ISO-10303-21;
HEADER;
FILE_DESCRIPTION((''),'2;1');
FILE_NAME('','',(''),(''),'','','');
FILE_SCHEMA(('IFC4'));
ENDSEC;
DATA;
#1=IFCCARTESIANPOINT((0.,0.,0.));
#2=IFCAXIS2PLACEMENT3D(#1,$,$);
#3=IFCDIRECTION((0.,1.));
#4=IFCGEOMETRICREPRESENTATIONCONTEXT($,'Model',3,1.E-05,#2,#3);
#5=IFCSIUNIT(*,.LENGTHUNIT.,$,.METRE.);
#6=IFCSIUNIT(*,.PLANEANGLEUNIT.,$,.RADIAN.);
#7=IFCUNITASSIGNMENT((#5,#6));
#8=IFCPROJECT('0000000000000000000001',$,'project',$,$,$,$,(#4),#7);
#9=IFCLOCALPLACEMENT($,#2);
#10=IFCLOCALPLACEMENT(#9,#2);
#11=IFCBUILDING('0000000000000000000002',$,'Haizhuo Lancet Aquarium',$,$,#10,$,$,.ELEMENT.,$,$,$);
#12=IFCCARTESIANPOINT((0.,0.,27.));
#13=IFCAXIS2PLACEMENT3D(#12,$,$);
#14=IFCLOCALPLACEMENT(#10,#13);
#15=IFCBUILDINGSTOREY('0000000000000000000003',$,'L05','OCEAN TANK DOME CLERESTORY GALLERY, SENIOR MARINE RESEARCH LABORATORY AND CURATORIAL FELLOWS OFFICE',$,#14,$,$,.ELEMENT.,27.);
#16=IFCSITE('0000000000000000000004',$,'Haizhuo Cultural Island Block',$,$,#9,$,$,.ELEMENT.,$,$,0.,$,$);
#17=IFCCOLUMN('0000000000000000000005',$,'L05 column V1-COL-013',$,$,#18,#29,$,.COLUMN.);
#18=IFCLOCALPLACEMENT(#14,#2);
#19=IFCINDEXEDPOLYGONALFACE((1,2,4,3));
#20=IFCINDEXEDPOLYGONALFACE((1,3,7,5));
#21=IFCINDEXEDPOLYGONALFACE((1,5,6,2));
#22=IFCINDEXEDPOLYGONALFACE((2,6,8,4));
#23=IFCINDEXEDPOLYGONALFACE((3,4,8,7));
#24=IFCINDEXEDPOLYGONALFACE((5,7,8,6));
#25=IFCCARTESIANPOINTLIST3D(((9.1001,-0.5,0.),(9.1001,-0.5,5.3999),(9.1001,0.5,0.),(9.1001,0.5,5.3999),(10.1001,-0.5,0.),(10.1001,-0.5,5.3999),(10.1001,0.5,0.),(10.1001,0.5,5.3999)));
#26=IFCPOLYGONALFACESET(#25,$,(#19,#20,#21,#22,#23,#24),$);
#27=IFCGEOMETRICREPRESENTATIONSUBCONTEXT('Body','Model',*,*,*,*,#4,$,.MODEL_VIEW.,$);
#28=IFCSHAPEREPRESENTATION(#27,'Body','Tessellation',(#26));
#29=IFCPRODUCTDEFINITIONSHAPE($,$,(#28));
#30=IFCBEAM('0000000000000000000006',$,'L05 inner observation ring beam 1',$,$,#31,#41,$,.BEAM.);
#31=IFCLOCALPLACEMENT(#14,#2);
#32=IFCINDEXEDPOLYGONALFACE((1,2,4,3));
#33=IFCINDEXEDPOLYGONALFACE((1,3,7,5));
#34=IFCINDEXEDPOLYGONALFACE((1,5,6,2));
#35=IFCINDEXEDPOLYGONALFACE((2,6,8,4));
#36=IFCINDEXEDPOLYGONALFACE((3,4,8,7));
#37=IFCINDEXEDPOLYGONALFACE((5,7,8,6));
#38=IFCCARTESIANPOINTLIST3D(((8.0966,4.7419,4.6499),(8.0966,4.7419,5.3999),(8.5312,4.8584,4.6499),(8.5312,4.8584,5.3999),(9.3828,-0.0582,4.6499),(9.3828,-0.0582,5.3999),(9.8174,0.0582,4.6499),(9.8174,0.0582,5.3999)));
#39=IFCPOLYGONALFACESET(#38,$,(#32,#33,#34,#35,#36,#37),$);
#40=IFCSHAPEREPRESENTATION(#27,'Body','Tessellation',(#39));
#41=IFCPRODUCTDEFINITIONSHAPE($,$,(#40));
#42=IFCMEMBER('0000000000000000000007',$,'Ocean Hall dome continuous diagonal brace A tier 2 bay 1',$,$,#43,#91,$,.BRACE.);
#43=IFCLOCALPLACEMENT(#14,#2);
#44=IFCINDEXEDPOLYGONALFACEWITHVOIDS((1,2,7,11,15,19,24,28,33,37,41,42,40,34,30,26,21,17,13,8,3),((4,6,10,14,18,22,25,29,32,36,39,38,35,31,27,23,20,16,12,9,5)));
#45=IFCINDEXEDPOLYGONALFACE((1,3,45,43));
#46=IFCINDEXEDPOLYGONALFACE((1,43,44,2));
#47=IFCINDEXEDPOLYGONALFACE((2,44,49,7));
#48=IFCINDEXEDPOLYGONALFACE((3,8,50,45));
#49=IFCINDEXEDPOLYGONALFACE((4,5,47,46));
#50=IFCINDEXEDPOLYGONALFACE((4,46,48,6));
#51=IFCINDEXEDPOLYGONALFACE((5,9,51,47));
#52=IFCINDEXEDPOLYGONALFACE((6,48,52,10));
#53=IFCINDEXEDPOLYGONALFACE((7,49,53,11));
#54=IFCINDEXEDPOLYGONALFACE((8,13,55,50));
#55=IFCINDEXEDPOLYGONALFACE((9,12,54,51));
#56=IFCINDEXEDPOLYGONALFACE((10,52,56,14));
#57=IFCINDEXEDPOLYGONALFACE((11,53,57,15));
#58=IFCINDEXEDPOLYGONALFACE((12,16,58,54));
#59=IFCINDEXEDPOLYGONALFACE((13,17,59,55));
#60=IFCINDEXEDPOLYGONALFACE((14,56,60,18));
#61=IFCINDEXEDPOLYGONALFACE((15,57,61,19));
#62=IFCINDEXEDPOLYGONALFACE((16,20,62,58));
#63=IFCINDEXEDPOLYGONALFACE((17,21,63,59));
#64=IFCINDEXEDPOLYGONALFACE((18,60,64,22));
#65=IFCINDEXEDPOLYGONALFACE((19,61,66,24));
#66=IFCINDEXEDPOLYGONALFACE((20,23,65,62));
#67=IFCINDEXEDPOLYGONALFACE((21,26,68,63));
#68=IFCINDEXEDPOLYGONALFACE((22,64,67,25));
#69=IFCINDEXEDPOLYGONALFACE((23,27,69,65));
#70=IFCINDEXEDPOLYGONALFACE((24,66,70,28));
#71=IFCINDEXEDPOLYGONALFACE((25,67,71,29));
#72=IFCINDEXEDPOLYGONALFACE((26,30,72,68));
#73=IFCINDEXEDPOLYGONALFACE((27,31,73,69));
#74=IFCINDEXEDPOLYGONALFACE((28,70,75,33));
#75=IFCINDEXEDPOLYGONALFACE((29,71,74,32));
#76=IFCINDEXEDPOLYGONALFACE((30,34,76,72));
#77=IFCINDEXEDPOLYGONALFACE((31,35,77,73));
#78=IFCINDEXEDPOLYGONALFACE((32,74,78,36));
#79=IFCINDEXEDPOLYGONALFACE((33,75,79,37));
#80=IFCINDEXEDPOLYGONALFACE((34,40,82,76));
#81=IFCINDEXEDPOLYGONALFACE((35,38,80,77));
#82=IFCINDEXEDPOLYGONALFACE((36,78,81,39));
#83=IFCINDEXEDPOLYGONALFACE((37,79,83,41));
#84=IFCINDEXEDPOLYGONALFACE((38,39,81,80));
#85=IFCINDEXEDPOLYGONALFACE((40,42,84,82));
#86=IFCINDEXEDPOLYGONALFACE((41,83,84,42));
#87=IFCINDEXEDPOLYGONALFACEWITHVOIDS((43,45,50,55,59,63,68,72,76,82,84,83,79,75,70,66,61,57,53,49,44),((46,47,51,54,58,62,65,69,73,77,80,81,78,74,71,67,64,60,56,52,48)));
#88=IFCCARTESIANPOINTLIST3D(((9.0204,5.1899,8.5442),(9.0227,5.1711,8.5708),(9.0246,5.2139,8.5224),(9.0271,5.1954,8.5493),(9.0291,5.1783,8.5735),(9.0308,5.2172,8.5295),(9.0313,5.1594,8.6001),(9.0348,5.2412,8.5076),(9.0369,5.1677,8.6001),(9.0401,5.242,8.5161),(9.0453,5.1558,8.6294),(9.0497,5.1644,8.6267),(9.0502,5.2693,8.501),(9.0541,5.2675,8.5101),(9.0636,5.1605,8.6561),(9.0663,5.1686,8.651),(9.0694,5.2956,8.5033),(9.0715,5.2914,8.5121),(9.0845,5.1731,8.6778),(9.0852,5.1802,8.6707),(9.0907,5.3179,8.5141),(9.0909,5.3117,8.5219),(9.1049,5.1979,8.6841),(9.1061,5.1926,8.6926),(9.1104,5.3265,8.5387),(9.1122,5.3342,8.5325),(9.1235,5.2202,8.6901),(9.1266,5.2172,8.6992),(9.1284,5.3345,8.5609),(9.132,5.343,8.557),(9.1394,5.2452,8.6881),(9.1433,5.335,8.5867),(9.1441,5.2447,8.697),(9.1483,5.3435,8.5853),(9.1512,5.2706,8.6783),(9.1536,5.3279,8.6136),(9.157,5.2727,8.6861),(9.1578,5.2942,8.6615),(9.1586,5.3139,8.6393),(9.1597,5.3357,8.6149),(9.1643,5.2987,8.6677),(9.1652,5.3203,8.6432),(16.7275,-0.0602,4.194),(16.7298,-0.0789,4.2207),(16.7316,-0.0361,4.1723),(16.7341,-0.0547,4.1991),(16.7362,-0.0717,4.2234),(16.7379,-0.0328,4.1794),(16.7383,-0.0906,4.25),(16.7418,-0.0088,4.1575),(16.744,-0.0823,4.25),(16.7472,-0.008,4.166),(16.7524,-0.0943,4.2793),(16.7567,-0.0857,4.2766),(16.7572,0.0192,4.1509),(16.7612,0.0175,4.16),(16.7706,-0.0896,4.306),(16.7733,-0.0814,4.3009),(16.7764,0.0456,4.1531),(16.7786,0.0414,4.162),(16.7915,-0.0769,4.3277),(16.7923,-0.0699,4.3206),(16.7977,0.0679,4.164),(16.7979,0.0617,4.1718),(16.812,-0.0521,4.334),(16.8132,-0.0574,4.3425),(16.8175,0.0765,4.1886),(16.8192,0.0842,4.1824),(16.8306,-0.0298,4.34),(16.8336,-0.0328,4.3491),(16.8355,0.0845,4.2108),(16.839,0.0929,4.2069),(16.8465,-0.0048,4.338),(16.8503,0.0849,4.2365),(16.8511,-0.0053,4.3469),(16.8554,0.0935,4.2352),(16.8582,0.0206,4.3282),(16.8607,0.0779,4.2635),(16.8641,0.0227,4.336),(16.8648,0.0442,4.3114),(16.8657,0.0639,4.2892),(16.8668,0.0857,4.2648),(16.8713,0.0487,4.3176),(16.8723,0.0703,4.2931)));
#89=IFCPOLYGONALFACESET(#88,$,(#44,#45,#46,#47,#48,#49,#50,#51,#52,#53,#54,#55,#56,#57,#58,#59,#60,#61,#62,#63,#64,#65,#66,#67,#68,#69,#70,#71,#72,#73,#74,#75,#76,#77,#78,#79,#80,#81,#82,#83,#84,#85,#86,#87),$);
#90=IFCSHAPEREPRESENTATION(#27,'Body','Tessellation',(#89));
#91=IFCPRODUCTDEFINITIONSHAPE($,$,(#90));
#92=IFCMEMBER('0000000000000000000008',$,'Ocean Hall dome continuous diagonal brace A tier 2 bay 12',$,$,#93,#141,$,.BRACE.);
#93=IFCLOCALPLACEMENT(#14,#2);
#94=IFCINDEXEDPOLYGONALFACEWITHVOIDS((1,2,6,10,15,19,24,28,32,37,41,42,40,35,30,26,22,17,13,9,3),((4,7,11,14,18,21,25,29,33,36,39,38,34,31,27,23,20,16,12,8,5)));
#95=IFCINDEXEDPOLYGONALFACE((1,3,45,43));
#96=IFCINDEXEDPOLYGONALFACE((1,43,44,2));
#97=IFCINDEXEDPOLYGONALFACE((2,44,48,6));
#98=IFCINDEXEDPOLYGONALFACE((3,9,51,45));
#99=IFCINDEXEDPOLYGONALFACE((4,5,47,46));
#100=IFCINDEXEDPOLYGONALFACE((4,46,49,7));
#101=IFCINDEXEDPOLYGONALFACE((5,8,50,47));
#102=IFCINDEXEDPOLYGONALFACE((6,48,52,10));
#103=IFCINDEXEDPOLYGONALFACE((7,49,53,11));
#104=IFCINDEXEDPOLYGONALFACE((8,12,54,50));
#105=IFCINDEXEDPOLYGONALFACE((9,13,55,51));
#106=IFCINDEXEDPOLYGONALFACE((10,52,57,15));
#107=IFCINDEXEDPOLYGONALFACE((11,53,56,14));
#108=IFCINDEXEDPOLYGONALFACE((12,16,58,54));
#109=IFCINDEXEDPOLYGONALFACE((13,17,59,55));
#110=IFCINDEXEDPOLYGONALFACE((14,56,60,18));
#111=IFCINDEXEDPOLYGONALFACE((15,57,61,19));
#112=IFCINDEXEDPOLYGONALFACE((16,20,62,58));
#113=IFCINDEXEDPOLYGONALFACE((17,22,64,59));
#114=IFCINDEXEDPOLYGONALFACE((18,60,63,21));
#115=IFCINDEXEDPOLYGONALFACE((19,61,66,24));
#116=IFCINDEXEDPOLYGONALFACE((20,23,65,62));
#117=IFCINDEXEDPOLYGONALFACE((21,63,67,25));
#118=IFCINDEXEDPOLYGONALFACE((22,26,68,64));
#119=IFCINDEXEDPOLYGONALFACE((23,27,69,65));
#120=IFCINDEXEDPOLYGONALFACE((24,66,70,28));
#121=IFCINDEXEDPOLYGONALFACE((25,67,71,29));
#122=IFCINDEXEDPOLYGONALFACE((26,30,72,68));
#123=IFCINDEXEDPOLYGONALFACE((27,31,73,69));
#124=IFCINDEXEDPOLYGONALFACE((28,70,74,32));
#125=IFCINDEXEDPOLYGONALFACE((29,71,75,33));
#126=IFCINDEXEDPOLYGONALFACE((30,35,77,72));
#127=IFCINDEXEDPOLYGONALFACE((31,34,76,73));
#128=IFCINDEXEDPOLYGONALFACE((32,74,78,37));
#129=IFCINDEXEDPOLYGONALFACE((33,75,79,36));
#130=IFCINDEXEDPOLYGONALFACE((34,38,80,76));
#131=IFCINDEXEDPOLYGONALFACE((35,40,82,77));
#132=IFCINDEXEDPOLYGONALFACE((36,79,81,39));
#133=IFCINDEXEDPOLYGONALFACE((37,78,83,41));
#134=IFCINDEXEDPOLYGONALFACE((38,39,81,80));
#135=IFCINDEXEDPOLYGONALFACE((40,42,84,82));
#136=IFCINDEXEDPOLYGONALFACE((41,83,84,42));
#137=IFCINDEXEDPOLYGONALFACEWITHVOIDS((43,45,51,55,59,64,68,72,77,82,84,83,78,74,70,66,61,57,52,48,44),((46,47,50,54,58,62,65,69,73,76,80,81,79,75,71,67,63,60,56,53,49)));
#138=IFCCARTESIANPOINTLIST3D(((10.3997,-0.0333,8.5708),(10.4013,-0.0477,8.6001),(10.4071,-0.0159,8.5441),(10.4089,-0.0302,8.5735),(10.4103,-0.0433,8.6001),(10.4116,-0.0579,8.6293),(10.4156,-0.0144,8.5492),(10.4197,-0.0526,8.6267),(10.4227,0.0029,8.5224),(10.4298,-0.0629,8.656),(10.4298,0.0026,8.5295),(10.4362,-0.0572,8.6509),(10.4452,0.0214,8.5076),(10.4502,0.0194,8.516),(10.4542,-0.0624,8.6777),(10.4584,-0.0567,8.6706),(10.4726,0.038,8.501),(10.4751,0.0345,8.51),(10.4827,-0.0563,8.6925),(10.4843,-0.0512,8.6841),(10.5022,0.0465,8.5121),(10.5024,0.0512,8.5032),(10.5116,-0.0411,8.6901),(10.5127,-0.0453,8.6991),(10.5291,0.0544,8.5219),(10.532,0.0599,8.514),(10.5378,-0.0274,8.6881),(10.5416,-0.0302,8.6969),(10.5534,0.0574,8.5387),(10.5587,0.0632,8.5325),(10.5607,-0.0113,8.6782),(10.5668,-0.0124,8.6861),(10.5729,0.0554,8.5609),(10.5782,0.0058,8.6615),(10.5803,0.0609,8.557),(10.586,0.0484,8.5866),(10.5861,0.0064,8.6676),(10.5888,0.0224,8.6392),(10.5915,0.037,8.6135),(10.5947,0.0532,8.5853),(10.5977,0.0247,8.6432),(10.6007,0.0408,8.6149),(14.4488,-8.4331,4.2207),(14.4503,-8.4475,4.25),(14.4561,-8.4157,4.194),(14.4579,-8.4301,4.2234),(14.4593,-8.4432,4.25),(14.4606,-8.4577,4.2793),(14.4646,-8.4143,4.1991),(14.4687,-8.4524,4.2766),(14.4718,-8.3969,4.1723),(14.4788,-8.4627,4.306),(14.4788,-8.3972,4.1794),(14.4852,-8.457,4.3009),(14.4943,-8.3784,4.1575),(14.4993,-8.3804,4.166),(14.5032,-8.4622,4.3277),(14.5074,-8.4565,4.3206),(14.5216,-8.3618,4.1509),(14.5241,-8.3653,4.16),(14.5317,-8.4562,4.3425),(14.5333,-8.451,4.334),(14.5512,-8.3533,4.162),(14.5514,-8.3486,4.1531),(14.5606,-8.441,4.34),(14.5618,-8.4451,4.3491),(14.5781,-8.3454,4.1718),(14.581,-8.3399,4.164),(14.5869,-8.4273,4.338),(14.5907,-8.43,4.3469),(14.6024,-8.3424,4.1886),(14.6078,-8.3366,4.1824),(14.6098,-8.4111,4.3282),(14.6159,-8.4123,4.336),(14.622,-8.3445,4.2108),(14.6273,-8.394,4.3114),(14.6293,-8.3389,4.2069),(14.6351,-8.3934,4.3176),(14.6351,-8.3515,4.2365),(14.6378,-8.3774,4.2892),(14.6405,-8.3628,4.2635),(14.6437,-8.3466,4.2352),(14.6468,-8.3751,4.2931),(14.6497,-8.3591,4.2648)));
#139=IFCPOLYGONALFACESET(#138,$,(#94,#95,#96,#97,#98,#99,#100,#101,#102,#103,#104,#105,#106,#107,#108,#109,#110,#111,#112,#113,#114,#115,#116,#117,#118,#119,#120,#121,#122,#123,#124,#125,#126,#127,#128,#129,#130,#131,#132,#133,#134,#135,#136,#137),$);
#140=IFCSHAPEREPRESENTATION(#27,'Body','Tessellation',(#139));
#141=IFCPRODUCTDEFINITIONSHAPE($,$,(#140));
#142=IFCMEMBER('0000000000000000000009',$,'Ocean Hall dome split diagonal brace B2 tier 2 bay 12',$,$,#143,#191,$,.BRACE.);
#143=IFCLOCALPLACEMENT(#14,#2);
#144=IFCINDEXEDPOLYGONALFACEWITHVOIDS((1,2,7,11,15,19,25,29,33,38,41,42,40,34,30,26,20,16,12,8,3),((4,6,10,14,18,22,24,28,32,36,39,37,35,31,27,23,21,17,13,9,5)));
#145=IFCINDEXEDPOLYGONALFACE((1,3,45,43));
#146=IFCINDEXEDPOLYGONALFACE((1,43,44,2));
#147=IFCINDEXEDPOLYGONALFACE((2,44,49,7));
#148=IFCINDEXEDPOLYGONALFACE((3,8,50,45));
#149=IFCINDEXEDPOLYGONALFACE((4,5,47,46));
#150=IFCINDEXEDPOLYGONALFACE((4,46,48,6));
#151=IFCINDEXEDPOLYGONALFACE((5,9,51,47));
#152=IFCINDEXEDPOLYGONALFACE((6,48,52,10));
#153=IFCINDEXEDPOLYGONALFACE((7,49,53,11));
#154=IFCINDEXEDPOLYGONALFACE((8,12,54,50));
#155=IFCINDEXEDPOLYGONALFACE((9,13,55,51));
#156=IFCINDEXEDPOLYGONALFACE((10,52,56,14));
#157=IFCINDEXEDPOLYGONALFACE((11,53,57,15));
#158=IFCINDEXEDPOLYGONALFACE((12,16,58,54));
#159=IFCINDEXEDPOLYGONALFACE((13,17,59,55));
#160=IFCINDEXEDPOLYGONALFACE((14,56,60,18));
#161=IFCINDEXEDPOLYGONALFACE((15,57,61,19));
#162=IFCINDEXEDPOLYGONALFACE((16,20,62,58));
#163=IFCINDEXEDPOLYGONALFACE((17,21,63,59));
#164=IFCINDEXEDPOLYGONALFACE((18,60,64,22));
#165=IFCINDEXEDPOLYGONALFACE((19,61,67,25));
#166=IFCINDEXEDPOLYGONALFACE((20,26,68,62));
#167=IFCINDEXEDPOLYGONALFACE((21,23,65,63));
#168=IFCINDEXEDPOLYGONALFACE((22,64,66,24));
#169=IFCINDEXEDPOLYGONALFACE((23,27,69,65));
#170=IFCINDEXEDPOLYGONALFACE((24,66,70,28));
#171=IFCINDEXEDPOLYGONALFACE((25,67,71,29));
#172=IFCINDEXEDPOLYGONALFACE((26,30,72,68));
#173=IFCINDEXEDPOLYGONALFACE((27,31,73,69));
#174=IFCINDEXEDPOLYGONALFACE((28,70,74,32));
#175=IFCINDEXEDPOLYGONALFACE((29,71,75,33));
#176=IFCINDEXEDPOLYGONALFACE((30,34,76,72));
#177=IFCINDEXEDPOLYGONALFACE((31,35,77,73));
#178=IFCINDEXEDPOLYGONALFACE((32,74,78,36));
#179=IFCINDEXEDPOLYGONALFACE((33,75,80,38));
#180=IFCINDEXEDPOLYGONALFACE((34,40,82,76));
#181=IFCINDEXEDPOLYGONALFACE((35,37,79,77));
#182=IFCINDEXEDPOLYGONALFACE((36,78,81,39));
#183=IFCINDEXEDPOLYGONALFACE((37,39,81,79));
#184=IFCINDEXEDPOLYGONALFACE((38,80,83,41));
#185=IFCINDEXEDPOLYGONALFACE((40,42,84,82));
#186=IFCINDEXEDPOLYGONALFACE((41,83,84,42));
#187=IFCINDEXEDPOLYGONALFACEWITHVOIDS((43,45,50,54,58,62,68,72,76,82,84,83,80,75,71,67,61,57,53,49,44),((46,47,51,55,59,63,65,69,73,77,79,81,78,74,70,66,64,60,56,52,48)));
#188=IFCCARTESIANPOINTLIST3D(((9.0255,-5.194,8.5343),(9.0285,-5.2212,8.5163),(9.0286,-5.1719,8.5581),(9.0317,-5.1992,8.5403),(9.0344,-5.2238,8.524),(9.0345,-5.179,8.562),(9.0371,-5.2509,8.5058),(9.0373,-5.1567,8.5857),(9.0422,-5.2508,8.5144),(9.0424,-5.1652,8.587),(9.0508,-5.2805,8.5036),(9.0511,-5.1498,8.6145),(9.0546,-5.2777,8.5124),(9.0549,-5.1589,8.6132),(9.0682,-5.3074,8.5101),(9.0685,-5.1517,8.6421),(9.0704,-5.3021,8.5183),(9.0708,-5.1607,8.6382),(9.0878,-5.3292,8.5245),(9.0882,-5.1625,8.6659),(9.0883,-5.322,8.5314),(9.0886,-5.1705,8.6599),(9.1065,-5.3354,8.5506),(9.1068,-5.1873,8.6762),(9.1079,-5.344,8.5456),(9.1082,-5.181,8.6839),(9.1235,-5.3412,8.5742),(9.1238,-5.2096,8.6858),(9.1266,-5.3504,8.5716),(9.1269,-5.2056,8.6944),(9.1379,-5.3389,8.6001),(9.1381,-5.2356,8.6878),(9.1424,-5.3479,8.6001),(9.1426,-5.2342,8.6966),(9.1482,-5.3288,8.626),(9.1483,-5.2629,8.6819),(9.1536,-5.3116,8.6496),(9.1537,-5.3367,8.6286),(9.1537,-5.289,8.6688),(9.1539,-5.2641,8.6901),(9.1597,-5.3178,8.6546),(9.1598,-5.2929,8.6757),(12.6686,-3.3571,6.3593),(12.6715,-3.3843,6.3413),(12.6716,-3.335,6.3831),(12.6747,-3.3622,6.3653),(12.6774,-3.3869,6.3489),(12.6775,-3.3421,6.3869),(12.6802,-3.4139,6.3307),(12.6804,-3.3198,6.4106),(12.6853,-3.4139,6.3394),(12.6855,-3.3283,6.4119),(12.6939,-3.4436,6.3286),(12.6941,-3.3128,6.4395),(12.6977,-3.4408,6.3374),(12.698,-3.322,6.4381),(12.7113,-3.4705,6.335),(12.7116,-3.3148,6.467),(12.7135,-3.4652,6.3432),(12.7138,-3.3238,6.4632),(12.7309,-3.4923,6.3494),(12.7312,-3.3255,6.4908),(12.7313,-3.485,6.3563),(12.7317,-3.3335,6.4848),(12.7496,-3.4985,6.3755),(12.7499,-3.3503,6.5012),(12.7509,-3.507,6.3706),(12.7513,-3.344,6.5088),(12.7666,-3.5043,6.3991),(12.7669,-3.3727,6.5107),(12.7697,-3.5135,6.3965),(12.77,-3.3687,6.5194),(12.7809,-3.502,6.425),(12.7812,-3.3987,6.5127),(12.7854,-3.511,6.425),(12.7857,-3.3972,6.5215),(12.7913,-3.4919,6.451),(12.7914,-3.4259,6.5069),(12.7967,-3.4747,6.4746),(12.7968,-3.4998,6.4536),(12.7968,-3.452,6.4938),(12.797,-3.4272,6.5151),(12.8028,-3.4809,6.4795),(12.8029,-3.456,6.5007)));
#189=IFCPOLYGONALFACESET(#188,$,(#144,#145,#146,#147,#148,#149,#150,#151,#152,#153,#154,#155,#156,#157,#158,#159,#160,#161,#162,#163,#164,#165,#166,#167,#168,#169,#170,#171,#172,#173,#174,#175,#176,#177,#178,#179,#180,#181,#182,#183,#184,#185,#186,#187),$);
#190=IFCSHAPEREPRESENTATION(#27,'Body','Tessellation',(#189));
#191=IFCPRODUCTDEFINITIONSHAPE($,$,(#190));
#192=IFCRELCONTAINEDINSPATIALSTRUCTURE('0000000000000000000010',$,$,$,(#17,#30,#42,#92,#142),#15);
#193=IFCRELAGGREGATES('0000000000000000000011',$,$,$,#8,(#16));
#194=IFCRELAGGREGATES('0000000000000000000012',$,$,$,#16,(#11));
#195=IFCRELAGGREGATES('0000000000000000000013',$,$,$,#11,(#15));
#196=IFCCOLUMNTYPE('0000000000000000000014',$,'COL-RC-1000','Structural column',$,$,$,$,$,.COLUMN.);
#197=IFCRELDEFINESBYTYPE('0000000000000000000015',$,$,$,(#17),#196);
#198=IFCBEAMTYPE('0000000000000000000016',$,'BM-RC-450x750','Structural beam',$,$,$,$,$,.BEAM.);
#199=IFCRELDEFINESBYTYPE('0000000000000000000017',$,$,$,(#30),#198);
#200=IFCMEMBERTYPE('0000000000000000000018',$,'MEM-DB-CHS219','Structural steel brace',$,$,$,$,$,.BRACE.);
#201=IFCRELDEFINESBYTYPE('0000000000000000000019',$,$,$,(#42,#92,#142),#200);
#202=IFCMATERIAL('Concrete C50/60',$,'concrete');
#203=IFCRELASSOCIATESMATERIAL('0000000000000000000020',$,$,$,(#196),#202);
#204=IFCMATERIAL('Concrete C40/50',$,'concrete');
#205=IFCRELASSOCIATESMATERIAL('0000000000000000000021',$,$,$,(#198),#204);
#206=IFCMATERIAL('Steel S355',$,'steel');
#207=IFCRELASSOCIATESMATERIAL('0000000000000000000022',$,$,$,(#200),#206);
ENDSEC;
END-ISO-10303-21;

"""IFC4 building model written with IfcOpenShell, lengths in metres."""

from ifc_helpers import new_model, si_unit, direction, frame, origin, origin_2d, place, context, subcontext, project, spatial, rectangle, hollow_circle, extrude, material, material_profile, profile_set, type_object, element, save


model = new_model("IFC4")

# Units and contexts
model_context = context("Model", 3, precision=1e-05, world=origin(), true_north=direction((0.0, 1.0)))
body_context = subcontext(model_context, "Body", "Model", "MODEL_VIEW")
ifc_project = project(units=[si_unit("LENGTHUNIT", "METRE"), si_unit("PLANEANGLEUNIT", "RADIAN")], contexts=[model_context])

# Site, building, storey
site_placement = place(None, origin())
site = spatial("IfcSite", under=ifc_project, at=site_placement, Name="Haizhuo Cultural Island Block", CompositionType="ELEMENT", RefElevation=0.0)
building_placement = place(site_placement, origin())
building = spatial("IfcBuilding", under=site, at=building_placement, Name="Haizhuo Lancet Aquarium", CompositionType="ELEMENT")
storey_placement = place(building_placement, frame((0.0, 0.0, 27.0)))
storey = spatial("IfcBuildingStorey", under=building, at=storey_placement, Name="L05", Description="OCEAN TANK DOME CLERESTORY GALLERY, SENIOR MARINE RESEARCH LABORATORY AND CURATORIAL FELLOWS OFFICE", CompositionType="ELEMENT", Elevation=27.0)

# Column
ifc_material_1 = material(Name="Concrete C50/60", Category="concrete")
ifc_material_profile_1 = material_profile(ifc_material_1, rectangle(XDim=1.0, YDim=1.0, at=origin_2d()), Name="RC-COL 1000x1000")
ifc_profile_set_1 = profile_set([ifc_material_profile_1], Name="Concrete C50/60")
column_type = type_object("IfcColumnType", Name="COL-RC-1000", Description="Structural column", PredefinedType="COLUMN", material=ifc_profile_set_1)
column_placement = place(storey_placement, frame((9.6001, 0.0, 0.0), z_axis=(0.0, 0.0, 1.0), x_axis=(1.0, 0.0, 0.0)))
element("IfcColumn", 1, at=column_placement, inside=storey, type_object=column_type, Name="L05 column V1-COL-013", PredefinedType="COLUMN", context=body_context, shape_type="SweptSolid", body=[
    extrude(rectangle(XDim=1.0, YDim=1.0, at=origin_2d()), origin(), (0.0, 0.0, 1.0), 5.3999),
])

# Beam
ifc_material_2 = material(Name="Concrete C40/50", Category="concrete")
ifc_material_profile_2 = material_profile(ifc_material_2, rectangle(XDim=0.45, YDim=0.75, at=origin_2d()), Name="RC-BM 450x750")
ifc_profile_set_2 = profile_set([ifc_material_profile_2], Name="Concrete C40/50")
beam_type = type_object("IfcBeamType", Name="BM-RC-450x750", Description="Structural beam", PredefinedType="BEAM", material=ifc_profile_set_2)
beam_placement = place(storey_placement, frame((9.6001, 0.0, 5.0249), z_axis=(-0.258812, 0.965928, 0.0), x_axis=(-0.965928, -0.258812, 0.0)))
element("IfcBeam", 2, at=beam_placement, inside=storey, type_object=beam_type, Name="L05 inner observation ring beam 1", PredefinedType="BEAM", context=body_context, shape_type="SweptSolid", body=[
    extrude(rectangle(XDim=0.45, YDim=0.75, at=origin_2d()), origin(), (0.0, 0.0, 1.0), 4.9695),
])

# Members
ifc_material_3 = material(Name="Steel S355", Category="steel")
ifc_material_profile_3 = material_profile(ifc_material_3, hollow_circle(Radius=0.1096, WallThickness=0.01, at=origin_2d()), Name="CHS 219x10")
ifc_profile_set_3 = profile_set([ifc_material_profile_3], Name="Steel S355")
member_type_1 = type_object("IfcMemberType", Name="MEM-DB-CHS219", Description="Structural steel brace", PredefinedType="BRACE", material=ifc_profile_set_3)
member_1_placement = place(storey_placement, frame((16.8, 0.0, 4.25), z_axis=(-0.748982, 0.510204, 0.42275), x_axis=(-0.562986, -0.826467, 0.0)))
element("IfcMember", 3, at=member_1_placement, inside=storey, type_object=member_type_1, Name="Ocean Hall dome continuous diagonal brace A tier 2 bay 1", PredefinedType="BRACE", context=body_context, shape_type="SweptSolid", body=[
    extrude(hollow_circle(Radius=0.1096, WallThickness=0.01, at=origin_2d()), origin(), (0.0, 0.0, 1.0), 10.29),
])
member_2_placement = place(storey_placement, frame((14.5491, -8.3999, 4.25), z_axis=(-0.39351, 0.816346, 0.422765), x_axis=(-0.900806, -0.434223, 0.0)))
element("IfcMember", 4, at=member_2_placement, inside=storey, type_object=member_type_1, Name="Ocean Hall dome continuous diagonal brace A tier 2 bay 12", PredefinedType="BRACE", context=body_context, shape_type="SweptSolid", body=[
    extrude(hollow_circle(Radius=0.1096, WallThickness=0.01, at=origin_2d()), origin(), (0.0, 0.0, 1.0), 10.2896),
])
member_3_placement = place(storey_placement, frame((12.7361, -3.4131, 6.425), z_axis=(-0.787941, -0.397297, 0.47043), x_axis=(0.450227, -0.892914, 0.0)))
element("IfcMember", 5, at=member_3_placement, inside=storey, type_object=member_type_1, Name="Ocean Hall dome split diagonal brace B2 tier 2 bay 12", PredefinedType="BRACE", context=body_context, shape_type="SweptSolid", body=[
    extrude(hollow_circle(Radius=0.1096, WallThickness=0.01, at=origin_2d()), origin(), (0.0, 0.0, 1.0), 4.6235),
])

save(model, "model.ifc")
